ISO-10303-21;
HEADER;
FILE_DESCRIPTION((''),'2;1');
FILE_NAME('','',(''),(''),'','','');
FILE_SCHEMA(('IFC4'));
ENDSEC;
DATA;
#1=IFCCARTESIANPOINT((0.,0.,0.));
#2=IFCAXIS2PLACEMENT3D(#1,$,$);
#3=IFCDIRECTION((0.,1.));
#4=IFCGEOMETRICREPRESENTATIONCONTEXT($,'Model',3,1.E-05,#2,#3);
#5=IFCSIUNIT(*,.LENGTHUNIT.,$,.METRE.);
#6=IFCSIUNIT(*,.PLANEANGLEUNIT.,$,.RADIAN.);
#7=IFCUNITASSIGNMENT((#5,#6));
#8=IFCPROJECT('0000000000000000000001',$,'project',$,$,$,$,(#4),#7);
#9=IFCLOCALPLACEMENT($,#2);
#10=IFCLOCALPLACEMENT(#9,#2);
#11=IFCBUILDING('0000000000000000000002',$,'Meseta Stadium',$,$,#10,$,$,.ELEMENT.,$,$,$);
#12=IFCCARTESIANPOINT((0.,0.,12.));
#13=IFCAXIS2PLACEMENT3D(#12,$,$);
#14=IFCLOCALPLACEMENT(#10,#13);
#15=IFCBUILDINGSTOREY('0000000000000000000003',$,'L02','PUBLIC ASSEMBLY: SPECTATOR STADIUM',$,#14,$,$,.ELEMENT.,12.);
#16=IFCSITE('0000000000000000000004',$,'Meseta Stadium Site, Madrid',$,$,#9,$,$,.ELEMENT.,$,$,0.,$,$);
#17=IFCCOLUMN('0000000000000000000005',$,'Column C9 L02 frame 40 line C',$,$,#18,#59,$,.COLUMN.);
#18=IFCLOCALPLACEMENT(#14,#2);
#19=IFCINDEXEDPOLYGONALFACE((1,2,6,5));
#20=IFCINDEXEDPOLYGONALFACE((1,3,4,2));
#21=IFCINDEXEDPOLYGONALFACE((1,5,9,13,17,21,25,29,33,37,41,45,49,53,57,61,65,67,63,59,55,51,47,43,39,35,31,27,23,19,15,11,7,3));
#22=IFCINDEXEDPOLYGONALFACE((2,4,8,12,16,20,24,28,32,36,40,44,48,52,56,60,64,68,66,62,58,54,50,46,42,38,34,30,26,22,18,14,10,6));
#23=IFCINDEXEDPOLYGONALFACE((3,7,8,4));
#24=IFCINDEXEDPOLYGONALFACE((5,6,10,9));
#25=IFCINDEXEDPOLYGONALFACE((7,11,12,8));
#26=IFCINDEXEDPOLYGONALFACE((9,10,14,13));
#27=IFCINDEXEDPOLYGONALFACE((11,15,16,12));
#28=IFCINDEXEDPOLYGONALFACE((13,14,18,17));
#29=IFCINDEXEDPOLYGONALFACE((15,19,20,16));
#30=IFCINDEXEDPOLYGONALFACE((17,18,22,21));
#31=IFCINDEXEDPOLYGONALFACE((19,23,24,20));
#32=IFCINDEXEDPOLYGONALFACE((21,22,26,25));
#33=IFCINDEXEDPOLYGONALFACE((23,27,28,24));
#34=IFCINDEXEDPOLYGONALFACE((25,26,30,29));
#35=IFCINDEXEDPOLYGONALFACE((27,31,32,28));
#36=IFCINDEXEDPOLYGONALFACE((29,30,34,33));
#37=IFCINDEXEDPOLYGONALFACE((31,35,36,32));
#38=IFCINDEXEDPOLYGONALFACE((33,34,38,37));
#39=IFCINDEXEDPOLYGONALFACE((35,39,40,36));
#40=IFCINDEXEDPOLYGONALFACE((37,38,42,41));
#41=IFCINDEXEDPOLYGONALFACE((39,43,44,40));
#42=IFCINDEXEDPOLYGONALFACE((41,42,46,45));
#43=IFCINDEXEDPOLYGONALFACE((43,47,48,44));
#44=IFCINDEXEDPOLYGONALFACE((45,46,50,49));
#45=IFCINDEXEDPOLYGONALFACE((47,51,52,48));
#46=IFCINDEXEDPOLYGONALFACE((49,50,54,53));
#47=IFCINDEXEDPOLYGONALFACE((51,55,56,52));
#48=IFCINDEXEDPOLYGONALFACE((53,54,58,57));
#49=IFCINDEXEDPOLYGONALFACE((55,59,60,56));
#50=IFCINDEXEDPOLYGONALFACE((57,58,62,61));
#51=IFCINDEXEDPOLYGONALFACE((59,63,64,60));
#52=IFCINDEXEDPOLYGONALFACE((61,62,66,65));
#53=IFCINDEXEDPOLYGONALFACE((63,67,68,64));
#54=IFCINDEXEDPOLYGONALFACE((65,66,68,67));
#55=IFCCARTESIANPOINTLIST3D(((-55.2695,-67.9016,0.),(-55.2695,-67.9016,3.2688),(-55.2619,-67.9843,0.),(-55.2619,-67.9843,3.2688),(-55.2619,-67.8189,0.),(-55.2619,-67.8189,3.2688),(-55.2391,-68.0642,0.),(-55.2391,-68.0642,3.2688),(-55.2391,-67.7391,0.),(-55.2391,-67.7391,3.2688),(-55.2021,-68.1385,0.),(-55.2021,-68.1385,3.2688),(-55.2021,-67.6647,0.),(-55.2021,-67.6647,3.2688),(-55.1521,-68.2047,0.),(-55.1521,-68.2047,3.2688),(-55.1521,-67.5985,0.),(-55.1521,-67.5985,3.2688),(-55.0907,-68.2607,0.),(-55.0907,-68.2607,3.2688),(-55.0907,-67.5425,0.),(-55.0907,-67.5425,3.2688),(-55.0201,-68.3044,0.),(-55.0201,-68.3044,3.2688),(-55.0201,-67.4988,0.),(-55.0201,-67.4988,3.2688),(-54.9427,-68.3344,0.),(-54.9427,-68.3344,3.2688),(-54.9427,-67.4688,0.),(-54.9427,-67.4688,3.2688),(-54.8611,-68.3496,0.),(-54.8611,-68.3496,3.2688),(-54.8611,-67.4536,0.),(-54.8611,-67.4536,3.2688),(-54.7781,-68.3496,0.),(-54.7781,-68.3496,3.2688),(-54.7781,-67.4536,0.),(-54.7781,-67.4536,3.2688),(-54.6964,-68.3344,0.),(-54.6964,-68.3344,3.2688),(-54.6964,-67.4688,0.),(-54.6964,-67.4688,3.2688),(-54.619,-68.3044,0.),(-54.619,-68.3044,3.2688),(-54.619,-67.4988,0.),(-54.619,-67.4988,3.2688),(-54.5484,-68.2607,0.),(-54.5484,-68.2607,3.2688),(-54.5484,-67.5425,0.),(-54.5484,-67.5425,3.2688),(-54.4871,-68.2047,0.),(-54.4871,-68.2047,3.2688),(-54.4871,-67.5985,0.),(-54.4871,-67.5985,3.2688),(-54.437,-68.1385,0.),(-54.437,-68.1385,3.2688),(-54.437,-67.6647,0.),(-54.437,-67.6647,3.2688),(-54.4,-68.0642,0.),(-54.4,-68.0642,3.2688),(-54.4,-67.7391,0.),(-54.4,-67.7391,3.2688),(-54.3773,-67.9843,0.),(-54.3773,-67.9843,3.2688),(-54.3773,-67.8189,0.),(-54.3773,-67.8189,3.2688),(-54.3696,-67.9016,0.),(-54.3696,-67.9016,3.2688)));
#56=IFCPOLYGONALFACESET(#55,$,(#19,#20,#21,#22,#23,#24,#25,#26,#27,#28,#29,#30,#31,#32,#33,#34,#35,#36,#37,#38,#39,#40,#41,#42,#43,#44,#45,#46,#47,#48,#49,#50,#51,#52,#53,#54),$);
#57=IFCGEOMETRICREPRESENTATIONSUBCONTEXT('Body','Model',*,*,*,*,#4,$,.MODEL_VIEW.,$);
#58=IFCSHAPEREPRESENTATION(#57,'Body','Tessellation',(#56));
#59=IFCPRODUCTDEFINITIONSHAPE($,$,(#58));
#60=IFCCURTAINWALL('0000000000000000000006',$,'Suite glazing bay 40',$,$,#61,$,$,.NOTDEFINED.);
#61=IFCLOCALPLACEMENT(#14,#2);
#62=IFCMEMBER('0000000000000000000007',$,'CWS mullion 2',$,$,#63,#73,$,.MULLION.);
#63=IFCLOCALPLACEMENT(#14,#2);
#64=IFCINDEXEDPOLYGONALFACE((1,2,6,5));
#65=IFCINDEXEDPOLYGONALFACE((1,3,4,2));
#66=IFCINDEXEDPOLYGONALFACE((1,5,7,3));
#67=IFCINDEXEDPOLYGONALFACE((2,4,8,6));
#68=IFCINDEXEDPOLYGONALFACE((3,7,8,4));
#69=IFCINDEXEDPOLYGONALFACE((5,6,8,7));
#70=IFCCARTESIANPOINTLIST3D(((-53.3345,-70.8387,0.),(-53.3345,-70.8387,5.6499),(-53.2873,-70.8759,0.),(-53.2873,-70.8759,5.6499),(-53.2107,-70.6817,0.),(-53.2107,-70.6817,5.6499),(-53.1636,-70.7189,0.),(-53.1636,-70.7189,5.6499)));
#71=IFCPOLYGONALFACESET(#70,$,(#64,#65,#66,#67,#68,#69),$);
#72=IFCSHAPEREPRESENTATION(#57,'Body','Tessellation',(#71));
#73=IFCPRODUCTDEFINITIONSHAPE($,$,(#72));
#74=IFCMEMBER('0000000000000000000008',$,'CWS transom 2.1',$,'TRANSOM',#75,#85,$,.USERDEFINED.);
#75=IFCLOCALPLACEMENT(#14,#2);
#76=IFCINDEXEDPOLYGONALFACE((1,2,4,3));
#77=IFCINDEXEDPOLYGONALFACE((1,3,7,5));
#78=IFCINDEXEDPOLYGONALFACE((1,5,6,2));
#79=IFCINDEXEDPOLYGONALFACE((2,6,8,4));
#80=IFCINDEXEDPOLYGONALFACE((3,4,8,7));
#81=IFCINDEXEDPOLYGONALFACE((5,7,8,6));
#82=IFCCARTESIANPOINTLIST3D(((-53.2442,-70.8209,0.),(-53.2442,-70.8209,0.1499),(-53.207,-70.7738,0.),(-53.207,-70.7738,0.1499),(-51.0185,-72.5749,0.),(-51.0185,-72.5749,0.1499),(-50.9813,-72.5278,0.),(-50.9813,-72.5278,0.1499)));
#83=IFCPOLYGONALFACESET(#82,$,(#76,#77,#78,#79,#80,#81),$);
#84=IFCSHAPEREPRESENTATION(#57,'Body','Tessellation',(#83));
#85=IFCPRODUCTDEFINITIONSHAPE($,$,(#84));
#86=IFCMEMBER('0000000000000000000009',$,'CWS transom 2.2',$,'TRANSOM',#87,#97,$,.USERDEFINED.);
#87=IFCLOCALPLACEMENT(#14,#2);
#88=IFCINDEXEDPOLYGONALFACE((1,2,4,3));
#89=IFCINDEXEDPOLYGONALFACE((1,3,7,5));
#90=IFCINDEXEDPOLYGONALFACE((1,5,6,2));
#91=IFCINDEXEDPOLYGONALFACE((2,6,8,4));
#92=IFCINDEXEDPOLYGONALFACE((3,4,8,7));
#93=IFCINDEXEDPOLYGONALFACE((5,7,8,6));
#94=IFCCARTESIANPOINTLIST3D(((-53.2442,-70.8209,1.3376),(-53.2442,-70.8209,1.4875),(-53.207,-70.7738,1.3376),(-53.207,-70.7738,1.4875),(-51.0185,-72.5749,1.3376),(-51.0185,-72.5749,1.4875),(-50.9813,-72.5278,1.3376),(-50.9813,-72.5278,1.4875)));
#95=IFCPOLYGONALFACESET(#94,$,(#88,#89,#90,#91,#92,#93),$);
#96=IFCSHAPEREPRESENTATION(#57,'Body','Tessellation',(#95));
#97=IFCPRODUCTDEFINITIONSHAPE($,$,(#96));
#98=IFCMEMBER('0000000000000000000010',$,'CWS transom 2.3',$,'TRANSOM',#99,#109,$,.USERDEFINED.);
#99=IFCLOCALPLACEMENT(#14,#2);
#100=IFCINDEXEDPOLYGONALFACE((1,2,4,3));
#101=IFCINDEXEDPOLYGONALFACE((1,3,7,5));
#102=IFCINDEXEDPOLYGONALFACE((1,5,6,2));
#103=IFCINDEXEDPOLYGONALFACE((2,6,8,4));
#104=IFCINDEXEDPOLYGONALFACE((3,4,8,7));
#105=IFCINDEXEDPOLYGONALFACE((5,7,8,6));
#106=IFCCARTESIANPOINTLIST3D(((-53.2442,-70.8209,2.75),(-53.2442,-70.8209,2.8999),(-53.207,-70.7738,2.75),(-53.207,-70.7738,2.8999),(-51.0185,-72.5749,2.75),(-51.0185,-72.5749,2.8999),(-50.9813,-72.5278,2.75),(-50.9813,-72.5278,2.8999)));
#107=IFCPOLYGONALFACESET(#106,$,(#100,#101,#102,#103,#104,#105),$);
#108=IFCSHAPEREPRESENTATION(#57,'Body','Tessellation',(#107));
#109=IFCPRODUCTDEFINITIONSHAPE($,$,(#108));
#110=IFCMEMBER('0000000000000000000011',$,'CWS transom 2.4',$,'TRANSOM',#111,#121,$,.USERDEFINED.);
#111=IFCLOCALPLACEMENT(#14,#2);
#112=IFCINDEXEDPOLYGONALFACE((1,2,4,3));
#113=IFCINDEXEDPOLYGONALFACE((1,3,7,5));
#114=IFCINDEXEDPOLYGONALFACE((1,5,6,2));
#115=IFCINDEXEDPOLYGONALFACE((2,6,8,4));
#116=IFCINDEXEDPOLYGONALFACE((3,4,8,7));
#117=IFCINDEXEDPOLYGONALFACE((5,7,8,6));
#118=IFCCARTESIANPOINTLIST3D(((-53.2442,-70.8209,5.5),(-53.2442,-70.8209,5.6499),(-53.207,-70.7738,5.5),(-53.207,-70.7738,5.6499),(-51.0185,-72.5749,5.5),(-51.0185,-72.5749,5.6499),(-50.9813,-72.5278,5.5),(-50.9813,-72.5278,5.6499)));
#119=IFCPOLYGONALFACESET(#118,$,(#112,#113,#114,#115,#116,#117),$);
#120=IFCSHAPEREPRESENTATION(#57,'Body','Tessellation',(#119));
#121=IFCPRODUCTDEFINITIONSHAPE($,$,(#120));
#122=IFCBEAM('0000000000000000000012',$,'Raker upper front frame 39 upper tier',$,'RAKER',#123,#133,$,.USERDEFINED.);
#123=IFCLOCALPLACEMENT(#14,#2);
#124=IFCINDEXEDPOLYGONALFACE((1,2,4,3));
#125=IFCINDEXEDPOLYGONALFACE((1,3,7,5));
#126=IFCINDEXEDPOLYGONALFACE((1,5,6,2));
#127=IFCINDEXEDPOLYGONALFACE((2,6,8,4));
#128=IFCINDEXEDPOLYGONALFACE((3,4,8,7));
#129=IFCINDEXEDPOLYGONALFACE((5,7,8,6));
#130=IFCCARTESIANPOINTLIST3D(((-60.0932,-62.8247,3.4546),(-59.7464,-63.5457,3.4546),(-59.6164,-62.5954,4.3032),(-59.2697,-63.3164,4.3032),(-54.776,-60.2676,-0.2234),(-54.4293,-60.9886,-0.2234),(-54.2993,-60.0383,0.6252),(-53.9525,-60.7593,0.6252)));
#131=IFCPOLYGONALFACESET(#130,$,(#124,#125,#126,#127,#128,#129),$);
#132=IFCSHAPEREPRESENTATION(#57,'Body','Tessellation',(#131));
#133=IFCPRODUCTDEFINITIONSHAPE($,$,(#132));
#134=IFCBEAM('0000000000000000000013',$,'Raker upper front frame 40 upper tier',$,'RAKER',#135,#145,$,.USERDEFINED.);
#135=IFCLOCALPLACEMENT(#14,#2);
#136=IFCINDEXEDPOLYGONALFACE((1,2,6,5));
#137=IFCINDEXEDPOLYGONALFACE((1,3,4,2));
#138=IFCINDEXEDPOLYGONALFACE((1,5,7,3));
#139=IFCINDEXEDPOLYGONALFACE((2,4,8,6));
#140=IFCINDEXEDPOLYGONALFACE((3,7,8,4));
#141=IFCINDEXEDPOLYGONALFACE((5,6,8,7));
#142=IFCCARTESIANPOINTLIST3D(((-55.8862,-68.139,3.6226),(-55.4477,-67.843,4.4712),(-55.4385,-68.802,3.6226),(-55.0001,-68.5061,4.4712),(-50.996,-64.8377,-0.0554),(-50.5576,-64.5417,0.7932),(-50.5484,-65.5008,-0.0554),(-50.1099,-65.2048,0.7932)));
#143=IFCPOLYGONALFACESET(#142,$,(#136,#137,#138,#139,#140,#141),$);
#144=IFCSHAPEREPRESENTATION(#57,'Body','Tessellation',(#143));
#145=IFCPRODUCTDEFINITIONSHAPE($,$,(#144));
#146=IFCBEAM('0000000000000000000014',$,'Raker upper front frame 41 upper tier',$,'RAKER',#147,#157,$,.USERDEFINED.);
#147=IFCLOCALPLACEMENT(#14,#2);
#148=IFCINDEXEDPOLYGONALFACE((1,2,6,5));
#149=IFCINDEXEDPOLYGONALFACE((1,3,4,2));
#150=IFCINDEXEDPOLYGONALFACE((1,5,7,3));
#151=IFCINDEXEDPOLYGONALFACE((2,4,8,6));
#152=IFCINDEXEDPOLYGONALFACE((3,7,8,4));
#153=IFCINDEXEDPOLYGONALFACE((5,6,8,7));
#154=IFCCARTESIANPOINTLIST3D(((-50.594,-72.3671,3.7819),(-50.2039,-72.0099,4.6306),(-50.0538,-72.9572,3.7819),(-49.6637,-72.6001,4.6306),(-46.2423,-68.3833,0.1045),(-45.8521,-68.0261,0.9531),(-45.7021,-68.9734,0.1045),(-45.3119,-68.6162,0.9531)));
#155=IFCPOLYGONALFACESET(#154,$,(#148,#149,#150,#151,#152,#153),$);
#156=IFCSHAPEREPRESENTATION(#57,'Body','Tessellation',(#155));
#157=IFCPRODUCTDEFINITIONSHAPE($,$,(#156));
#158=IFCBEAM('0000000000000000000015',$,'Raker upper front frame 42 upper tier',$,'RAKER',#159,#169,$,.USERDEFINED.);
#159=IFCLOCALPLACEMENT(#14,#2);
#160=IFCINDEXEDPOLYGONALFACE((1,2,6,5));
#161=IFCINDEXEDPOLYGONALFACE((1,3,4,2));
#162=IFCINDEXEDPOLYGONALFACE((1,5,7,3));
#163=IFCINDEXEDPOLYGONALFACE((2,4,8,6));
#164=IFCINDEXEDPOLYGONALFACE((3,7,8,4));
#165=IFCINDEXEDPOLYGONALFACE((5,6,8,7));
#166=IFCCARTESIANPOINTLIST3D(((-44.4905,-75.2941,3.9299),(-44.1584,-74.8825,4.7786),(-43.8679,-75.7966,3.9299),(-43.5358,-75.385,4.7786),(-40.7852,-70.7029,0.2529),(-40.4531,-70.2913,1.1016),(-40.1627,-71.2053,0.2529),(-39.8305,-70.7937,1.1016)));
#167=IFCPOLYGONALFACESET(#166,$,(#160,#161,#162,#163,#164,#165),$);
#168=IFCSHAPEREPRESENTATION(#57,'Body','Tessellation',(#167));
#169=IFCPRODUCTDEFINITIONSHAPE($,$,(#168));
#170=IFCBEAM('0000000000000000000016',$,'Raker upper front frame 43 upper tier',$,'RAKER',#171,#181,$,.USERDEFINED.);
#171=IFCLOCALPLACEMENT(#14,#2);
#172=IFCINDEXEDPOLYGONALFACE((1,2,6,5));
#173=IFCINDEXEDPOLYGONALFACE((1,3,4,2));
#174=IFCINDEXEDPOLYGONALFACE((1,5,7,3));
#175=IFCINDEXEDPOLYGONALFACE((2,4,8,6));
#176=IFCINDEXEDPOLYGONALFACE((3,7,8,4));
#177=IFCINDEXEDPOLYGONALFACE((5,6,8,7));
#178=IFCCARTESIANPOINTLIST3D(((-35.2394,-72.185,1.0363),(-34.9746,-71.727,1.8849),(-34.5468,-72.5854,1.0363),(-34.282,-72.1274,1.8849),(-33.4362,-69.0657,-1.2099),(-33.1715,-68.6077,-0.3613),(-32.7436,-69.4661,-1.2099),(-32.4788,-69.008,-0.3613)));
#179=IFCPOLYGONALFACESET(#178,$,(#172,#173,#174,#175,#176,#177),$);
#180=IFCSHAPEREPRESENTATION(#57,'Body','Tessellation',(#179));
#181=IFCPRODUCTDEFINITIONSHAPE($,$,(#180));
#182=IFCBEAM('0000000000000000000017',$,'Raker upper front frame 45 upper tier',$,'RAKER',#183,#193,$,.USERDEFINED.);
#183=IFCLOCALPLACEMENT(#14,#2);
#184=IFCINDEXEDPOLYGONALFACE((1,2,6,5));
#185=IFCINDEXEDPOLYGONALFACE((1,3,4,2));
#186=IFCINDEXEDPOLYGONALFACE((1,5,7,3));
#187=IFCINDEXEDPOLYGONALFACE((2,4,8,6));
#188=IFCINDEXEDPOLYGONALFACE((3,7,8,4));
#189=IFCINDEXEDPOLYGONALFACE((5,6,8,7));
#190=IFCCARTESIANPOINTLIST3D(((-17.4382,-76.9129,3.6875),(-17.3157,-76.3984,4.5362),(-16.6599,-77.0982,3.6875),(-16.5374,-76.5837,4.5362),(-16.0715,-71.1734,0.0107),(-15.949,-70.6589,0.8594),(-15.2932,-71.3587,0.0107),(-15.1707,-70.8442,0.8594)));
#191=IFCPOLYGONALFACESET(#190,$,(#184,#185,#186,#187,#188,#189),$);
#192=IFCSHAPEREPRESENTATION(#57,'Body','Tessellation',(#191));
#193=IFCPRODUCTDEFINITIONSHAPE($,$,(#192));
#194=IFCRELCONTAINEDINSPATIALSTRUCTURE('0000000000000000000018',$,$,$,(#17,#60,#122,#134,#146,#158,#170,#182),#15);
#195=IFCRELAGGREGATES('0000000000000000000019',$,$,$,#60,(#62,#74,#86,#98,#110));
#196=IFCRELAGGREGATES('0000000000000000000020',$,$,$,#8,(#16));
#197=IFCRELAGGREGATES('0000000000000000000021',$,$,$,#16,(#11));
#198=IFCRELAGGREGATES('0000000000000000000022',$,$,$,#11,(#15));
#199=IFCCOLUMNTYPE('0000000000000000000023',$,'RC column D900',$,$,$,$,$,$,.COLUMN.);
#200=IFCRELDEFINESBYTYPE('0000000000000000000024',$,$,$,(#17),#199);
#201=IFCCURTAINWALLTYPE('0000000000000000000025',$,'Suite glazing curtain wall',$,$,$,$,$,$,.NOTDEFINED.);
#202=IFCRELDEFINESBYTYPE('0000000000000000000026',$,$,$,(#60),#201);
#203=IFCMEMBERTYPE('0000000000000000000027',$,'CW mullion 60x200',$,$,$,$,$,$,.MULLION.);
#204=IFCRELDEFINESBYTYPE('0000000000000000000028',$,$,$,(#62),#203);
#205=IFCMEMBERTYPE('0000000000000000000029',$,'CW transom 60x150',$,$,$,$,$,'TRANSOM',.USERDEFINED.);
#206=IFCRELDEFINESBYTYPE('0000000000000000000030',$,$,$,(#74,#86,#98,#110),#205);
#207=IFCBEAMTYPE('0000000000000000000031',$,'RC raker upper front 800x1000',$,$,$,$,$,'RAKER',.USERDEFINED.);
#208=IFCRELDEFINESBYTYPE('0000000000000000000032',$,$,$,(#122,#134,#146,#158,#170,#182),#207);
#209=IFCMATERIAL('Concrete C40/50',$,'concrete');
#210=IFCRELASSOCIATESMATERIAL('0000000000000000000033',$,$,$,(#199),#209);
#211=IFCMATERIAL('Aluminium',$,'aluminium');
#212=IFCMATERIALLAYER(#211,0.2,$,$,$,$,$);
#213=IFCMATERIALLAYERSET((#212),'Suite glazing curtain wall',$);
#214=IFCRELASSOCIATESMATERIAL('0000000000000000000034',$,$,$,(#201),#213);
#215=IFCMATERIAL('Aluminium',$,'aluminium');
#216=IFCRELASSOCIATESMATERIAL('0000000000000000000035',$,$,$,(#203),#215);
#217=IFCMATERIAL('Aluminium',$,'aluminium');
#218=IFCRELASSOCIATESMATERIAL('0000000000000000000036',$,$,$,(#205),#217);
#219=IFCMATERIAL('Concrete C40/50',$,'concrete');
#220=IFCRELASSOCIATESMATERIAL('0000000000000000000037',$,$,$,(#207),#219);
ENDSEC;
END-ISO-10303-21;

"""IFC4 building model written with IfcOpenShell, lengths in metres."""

from ifc_helpers import new_model, si_unit, direction, frame, origin, origin_2d, place, context, subcontext, project, spatial, rectangle, circle, extrude, material, layer, layer_set, material_profile, profile_set, type_object, element, aggregate, save


model = new_model("IFC4")

# Units and contexts
model_context = context("Model", 3, precision=1e-05, world=origin(), true_north=direction((0.0, 1.0)))
body_context = subcontext(model_context, "Body", "Model", "MODEL_VIEW")
ifc_project = project(units=[si_unit("LENGTHUNIT", "METRE"), si_unit("PLANEANGLEUNIT", "RADIAN")], contexts=[model_context])

# Site, building, storey
site_placement = place(None, origin())
site = spatial("IfcSite", under=ifc_project, at=site_placement, Name="Meseta Stadium Site, Madrid", CompositionType="ELEMENT", RefElevation=0.0)
building_placement = place(site_placement, origin())
building = spatial("IfcBuilding", under=site, at=building_placement, Name="Meseta Stadium", CompositionType="ELEMENT")
storey_placement = place(building_placement, frame((0.0, 0.0, 12.0)))
storey = spatial("IfcBuildingStorey", under=building, at=storey_placement, Name="L02", Description="PUBLIC ASSEMBLY: SPECTATOR STADIUM", CompositionType="ELEMENT", Elevation=12.0)

# Column
ifc_material_1 = material(Name="Concrete C40/50", Category="concrete")
ifc_material_profile_1 = material_profile(ifc_material_1, circle(Radius=0.45, at=origin_2d()), Name="RC D900")
ifc_profile_set_1 = profile_set([ifc_material_profile_1], Name="Concrete C40/50")
column_type = type_object("IfcColumnType", Name="RC column D900", PredefinedType="COLUMN", material=ifc_profile_set_1)
column_placement = place(storey_placement, frame((-54.8196, -67.9016, 0.0), z_axis=(0.0, 0.0, 1.0), x_axis=(1.0, 0.0, 0.0)))
element("IfcColumn", 1, at=column_placement, inside=storey, type_object=column_type, Name="Column C9 L02 frame 40 line C", PredefinedType="COLUMN", context=body_context, shape_type="SweptSolid", body=[
    extrude(circle(Radius=0.45, at=origin_2d()), origin(), (0.0, 0.0, 1.0), 3.2688),
])

# Curtain wall, members
ifc_material_2 = material(Name="Aluminium", Category="aluminium")
ifc_layer_1 = layer(ifc_material_2, 0.2)
ifc_layer_set_1 = layer_set([ifc_layer_1], Name="Suite glazing curtain wall")
curtain_wall_type = type_object("IfcCurtainWallType", Name="Suite glazing curtain wall", PredefinedType="NOTDEFINED", material=ifc_layer_set_1)
curtain_wall_placement = place(storey_placement, origin())
curtain_wall = element("IfcCurtainWall", 2, at=curtain_wall_placement, inside=storey, type_object=curtain_wall_type, Name="Suite glazing bay 40", PredefinedType="NOTDEFINED")
ifc_material_3 = material(Name="Aluminium", Category="aluminium")
ifc_material_profile_2 = material_profile(ifc_material_3, rectangle(XDim=0.2, YDim=0.0601, at=origin_2d()), Name="CW 200x60")
ifc_profile_set_2 = profile_set([ifc_material_profile_2], Name="Aluminium")
member_type_1 = type_object("IfcMemberType", Name="CW mullion 60x200", PredefinedType="MULLION", material=ifc_profile_set_2)
member_1_placement = place(storey_placement, frame((-53.249, -70.7788, 0.0), z_axis=(0.0, 0.0, 1.0), x_axis=(0.618944, 0.785435, 0.0)))
member_1 = element("IfcMember", 3, at=member_1_placement, type_object=member_type_1, Name="CWS mullion 2", PredefinedType="MULLION", context=body_context, shape_type="SweptSolid", body=[
    extrude(rectangle(XDim=0.2, YDim=0.0601, at=origin_2d()), origin(), (0.0, 0.0, 1.0), 5.6499),
])
ifc_material_4 = material(Name="Aluminium", Category="aluminium")
ifc_material_profile_3 = material_profile(ifc_material_4, rectangle(XDim=0.0601, YDim=0.1499, at=origin_2d()), Name="CW 60x150")
ifc_profile_set_3 = profile_set([ifc_material_profile_3], Name="Aluminium")
member_type_2 = type_object("IfcMemberType", Name="CW transom 60x150", ElementType="TRANSOM", PredefinedType="USERDEFINED", material=ifc_profile_set_3)
member_2_placement = place(storey_placement, frame((-53.2256, -70.7974, 0.075), z_axis=(0.785421, -0.618962, 0.0), x_axis=(0.618962, 0.785421, 0.0)))
member_2 = element("IfcMember", 4, at=member_2_placement, type_object=member_type_2, Name="CWS transom 2.1", ObjectType="TRANSOM", PredefinedType="USERDEFINED", context=body_context, shape_type="SweptSolid", body=[
    extrude(rectangle(XDim=0.0601, YDim=0.1499, at=origin_2d()), origin(), (0.0, 0.0, 1.0), 2.8337),
])
member_3_placement = place(storey_placement, frame((-53.2256, -70.7974, 1.4126), z_axis=(0.785421, -0.618962, 0.0), x_axis=(0.618962, 0.785421, 0.0)))
member_3 = element("IfcMember", 5, at=member_3_placement, type_object=member_type_2, Name="CWS transom 2.2", ObjectType="TRANSOM", PredefinedType="USERDEFINED", context=body_context, shape_type="SweptSolid", body=[
    extrude(rectangle(XDim=0.0601, YDim=0.1499, at=origin_2d()), origin(), (0.0, 0.0, 1.0), 2.8337),
])
member_4_placement = place(storey_placement, frame((-53.2256, -70.7974, 2.825), z_axis=(0.785421, -0.618962, 0.0), x_axis=(0.618962, 0.785421, 0.0)))
member_4 = element("IfcMember", 6, at=member_4_placement, type_object=member_type_2, Name="CWS transom 2.3", ObjectType="TRANSOM", PredefinedType="USERDEFINED", context=body_context, shape_type="SweptSolid", body=[
    extrude(rectangle(XDim=0.0601, YDim=0.1499, at=origin_2d()), origin(), (0.0, 0.0, 1.0), 2.8337),
])
member_5_placement = place(storey_placement, frame((-53.2256, -70.7974, 5.575), z_axis=(0.785421, -0.618962, 0.0), x_axis=(0.618962, 0.785421, 0.0)))
member_5 = element("IfcMember", 7, at=member_5_placement, type_object=member_type_2, Name="CWS transom 2.4", ObjectType="TRANSOM", PredefinedType="USERDEFINED", context=body_context, shape_type="SweptSolid", body=[
    extrude(rectangle(XDim=0.0601, YDim=0.1499, at=origin_2d()), origin(), (0.0, 0.0, 1.0), 2.8337),
])

# Beams
ifc_material_5 = material(Name="Concrete C40/50", Category="concrete")
ifc_material_profile_4 = material_profile(ifc_material_5, rectangle(XDim=0.8, YDim=1.0, at=origin_2d()), Name="RC 800x1000")
ifc_profile_set_4 = profile_set([ifc_material_profile_4], Name="Concrete C40/50")
beam_type = type_object("IfcBeamType", Name="RC raker upper front 800x1000", ElementType="RAKER", PredefinedType="USERDEFINED", material=ifc_profile_set_4)
for number, where, z_axis, x_axis, name in (
    (8, (-54.3643, -60.5134, 0.2009), (-0.764772, -0.367796, 0.529009), (0.433406, -0.901199, 0.0), "Raker upper front frame 39 upper tier"),
    (9, (-50.553, -65.0212, 0.3689), (-0.703349, -0.474822, 0.529004), (0.559523, -0.828815, 0.0), "Raker upper front frame 40 upper tier"),
):
    element("IfcBeam", number, at=place(storey_placement, frame(where, z_axis=z_axis, x_axis=x_axis)), inside=storey, type_object=beam_type, Name=name, ObjectType="RAKER", PredefinedType="USERDEFINED", context=body_context, shape_type="SweptSolid", body=[
        extrude(rectangle(XDim=0.8, YDim=1.0, at=origin_2d()), origin(), (0.0, 0.0, 1.0), 6.9526),
    ])
beam_1_placement = place(storey_placement, frame((-45.7771, -68.4998, 0.5288), z_axis=(-0.625958, -0.573037, 0.528966), x_axis=(0.675239, -0.737599, 0.0)))
element("IfcBeam", 10, at=beam_1_placement, inside=storey, type_object=beam_type, Name="Raker upper front frame 41 upper tier", ObjectType="RAKER", PredefinedType="USERDEFINED", context=body_context, shape_type="SweptSolid", body=[
    extrude(rectangle(XDim=0.8, YDim=1.0, at=origin_2d()), origin(), (0.0, 0.0, 1.0), 6.9521),
])
beam_2_placement = place(storey_placement, frame((-40.3079, -70.7483, 0.6772), z_axis=(-0.532989, -0.660433, 0.528915), x_axis=(0.778193, -0.628025, 0.0)))
element("IfcBeam", 11, at=beam_2_placement, inside=storey, type_object=beam_type, Name="Raker upper front frame 42 upper tier", ObjectType="RAKER", PredefinedType="USERDEFINED", context=body_context, shape_type="SweptSolid", body=[
    extrude(rectangle(XDim=0.8, YDim=1.0, at=origin_2d()), origin(), (0.0, 0.0, 1.0), 6.9519),
])
beam_3_placement = place(storey_placement, frame((-32.9575, -69.0369, -0.7856), z_axis=(-0.424691, -0.734671, 0.529053), x_axis=(0.865755, -0.500467, 0.0)))
element("IfcBeam", 12, at=beam_3_placement, inside=storey, type_object=beam_type, Name="Raker upper front frame 43 upper tier", ObjectType="RAKER", PredefinedType="USERDEFINED", context=body_context, shape_type="SweptSolid", body=[
    extrude(rectangle(XDim=0.8, YDim=1.0, at=origin_2d()), origin(), (0.0, 0.0, 1.0), 4.2458),
])
beam_4_placement = place(storey_placement, frame((-15.6211, -71.0088, 0.4351), z_axis=(-0.196595, -0.825607, 0.528889), x_axis=(0.9728, -0.231645, 0.0)))
element("IfcBeam", 13, at=beam_4_placement, inside=storey, type_object=beam_type, Name="Raker upper front frame 45 upper tier", ObjectType="RAKER", PredefinedType="USERDEFINED", context=body_context, shape_type="SweptSolid", body=[
    extrude(rectangle(XDim=0.8, YDim=1.0, at=origin_2d()), origin(), (0.0, 0.0, 1.0), 6.9519),
])

aggregate(curtain_wall, [member_1, member_2, member_3, member_4, member_5])

save(model, "model.ifc")
